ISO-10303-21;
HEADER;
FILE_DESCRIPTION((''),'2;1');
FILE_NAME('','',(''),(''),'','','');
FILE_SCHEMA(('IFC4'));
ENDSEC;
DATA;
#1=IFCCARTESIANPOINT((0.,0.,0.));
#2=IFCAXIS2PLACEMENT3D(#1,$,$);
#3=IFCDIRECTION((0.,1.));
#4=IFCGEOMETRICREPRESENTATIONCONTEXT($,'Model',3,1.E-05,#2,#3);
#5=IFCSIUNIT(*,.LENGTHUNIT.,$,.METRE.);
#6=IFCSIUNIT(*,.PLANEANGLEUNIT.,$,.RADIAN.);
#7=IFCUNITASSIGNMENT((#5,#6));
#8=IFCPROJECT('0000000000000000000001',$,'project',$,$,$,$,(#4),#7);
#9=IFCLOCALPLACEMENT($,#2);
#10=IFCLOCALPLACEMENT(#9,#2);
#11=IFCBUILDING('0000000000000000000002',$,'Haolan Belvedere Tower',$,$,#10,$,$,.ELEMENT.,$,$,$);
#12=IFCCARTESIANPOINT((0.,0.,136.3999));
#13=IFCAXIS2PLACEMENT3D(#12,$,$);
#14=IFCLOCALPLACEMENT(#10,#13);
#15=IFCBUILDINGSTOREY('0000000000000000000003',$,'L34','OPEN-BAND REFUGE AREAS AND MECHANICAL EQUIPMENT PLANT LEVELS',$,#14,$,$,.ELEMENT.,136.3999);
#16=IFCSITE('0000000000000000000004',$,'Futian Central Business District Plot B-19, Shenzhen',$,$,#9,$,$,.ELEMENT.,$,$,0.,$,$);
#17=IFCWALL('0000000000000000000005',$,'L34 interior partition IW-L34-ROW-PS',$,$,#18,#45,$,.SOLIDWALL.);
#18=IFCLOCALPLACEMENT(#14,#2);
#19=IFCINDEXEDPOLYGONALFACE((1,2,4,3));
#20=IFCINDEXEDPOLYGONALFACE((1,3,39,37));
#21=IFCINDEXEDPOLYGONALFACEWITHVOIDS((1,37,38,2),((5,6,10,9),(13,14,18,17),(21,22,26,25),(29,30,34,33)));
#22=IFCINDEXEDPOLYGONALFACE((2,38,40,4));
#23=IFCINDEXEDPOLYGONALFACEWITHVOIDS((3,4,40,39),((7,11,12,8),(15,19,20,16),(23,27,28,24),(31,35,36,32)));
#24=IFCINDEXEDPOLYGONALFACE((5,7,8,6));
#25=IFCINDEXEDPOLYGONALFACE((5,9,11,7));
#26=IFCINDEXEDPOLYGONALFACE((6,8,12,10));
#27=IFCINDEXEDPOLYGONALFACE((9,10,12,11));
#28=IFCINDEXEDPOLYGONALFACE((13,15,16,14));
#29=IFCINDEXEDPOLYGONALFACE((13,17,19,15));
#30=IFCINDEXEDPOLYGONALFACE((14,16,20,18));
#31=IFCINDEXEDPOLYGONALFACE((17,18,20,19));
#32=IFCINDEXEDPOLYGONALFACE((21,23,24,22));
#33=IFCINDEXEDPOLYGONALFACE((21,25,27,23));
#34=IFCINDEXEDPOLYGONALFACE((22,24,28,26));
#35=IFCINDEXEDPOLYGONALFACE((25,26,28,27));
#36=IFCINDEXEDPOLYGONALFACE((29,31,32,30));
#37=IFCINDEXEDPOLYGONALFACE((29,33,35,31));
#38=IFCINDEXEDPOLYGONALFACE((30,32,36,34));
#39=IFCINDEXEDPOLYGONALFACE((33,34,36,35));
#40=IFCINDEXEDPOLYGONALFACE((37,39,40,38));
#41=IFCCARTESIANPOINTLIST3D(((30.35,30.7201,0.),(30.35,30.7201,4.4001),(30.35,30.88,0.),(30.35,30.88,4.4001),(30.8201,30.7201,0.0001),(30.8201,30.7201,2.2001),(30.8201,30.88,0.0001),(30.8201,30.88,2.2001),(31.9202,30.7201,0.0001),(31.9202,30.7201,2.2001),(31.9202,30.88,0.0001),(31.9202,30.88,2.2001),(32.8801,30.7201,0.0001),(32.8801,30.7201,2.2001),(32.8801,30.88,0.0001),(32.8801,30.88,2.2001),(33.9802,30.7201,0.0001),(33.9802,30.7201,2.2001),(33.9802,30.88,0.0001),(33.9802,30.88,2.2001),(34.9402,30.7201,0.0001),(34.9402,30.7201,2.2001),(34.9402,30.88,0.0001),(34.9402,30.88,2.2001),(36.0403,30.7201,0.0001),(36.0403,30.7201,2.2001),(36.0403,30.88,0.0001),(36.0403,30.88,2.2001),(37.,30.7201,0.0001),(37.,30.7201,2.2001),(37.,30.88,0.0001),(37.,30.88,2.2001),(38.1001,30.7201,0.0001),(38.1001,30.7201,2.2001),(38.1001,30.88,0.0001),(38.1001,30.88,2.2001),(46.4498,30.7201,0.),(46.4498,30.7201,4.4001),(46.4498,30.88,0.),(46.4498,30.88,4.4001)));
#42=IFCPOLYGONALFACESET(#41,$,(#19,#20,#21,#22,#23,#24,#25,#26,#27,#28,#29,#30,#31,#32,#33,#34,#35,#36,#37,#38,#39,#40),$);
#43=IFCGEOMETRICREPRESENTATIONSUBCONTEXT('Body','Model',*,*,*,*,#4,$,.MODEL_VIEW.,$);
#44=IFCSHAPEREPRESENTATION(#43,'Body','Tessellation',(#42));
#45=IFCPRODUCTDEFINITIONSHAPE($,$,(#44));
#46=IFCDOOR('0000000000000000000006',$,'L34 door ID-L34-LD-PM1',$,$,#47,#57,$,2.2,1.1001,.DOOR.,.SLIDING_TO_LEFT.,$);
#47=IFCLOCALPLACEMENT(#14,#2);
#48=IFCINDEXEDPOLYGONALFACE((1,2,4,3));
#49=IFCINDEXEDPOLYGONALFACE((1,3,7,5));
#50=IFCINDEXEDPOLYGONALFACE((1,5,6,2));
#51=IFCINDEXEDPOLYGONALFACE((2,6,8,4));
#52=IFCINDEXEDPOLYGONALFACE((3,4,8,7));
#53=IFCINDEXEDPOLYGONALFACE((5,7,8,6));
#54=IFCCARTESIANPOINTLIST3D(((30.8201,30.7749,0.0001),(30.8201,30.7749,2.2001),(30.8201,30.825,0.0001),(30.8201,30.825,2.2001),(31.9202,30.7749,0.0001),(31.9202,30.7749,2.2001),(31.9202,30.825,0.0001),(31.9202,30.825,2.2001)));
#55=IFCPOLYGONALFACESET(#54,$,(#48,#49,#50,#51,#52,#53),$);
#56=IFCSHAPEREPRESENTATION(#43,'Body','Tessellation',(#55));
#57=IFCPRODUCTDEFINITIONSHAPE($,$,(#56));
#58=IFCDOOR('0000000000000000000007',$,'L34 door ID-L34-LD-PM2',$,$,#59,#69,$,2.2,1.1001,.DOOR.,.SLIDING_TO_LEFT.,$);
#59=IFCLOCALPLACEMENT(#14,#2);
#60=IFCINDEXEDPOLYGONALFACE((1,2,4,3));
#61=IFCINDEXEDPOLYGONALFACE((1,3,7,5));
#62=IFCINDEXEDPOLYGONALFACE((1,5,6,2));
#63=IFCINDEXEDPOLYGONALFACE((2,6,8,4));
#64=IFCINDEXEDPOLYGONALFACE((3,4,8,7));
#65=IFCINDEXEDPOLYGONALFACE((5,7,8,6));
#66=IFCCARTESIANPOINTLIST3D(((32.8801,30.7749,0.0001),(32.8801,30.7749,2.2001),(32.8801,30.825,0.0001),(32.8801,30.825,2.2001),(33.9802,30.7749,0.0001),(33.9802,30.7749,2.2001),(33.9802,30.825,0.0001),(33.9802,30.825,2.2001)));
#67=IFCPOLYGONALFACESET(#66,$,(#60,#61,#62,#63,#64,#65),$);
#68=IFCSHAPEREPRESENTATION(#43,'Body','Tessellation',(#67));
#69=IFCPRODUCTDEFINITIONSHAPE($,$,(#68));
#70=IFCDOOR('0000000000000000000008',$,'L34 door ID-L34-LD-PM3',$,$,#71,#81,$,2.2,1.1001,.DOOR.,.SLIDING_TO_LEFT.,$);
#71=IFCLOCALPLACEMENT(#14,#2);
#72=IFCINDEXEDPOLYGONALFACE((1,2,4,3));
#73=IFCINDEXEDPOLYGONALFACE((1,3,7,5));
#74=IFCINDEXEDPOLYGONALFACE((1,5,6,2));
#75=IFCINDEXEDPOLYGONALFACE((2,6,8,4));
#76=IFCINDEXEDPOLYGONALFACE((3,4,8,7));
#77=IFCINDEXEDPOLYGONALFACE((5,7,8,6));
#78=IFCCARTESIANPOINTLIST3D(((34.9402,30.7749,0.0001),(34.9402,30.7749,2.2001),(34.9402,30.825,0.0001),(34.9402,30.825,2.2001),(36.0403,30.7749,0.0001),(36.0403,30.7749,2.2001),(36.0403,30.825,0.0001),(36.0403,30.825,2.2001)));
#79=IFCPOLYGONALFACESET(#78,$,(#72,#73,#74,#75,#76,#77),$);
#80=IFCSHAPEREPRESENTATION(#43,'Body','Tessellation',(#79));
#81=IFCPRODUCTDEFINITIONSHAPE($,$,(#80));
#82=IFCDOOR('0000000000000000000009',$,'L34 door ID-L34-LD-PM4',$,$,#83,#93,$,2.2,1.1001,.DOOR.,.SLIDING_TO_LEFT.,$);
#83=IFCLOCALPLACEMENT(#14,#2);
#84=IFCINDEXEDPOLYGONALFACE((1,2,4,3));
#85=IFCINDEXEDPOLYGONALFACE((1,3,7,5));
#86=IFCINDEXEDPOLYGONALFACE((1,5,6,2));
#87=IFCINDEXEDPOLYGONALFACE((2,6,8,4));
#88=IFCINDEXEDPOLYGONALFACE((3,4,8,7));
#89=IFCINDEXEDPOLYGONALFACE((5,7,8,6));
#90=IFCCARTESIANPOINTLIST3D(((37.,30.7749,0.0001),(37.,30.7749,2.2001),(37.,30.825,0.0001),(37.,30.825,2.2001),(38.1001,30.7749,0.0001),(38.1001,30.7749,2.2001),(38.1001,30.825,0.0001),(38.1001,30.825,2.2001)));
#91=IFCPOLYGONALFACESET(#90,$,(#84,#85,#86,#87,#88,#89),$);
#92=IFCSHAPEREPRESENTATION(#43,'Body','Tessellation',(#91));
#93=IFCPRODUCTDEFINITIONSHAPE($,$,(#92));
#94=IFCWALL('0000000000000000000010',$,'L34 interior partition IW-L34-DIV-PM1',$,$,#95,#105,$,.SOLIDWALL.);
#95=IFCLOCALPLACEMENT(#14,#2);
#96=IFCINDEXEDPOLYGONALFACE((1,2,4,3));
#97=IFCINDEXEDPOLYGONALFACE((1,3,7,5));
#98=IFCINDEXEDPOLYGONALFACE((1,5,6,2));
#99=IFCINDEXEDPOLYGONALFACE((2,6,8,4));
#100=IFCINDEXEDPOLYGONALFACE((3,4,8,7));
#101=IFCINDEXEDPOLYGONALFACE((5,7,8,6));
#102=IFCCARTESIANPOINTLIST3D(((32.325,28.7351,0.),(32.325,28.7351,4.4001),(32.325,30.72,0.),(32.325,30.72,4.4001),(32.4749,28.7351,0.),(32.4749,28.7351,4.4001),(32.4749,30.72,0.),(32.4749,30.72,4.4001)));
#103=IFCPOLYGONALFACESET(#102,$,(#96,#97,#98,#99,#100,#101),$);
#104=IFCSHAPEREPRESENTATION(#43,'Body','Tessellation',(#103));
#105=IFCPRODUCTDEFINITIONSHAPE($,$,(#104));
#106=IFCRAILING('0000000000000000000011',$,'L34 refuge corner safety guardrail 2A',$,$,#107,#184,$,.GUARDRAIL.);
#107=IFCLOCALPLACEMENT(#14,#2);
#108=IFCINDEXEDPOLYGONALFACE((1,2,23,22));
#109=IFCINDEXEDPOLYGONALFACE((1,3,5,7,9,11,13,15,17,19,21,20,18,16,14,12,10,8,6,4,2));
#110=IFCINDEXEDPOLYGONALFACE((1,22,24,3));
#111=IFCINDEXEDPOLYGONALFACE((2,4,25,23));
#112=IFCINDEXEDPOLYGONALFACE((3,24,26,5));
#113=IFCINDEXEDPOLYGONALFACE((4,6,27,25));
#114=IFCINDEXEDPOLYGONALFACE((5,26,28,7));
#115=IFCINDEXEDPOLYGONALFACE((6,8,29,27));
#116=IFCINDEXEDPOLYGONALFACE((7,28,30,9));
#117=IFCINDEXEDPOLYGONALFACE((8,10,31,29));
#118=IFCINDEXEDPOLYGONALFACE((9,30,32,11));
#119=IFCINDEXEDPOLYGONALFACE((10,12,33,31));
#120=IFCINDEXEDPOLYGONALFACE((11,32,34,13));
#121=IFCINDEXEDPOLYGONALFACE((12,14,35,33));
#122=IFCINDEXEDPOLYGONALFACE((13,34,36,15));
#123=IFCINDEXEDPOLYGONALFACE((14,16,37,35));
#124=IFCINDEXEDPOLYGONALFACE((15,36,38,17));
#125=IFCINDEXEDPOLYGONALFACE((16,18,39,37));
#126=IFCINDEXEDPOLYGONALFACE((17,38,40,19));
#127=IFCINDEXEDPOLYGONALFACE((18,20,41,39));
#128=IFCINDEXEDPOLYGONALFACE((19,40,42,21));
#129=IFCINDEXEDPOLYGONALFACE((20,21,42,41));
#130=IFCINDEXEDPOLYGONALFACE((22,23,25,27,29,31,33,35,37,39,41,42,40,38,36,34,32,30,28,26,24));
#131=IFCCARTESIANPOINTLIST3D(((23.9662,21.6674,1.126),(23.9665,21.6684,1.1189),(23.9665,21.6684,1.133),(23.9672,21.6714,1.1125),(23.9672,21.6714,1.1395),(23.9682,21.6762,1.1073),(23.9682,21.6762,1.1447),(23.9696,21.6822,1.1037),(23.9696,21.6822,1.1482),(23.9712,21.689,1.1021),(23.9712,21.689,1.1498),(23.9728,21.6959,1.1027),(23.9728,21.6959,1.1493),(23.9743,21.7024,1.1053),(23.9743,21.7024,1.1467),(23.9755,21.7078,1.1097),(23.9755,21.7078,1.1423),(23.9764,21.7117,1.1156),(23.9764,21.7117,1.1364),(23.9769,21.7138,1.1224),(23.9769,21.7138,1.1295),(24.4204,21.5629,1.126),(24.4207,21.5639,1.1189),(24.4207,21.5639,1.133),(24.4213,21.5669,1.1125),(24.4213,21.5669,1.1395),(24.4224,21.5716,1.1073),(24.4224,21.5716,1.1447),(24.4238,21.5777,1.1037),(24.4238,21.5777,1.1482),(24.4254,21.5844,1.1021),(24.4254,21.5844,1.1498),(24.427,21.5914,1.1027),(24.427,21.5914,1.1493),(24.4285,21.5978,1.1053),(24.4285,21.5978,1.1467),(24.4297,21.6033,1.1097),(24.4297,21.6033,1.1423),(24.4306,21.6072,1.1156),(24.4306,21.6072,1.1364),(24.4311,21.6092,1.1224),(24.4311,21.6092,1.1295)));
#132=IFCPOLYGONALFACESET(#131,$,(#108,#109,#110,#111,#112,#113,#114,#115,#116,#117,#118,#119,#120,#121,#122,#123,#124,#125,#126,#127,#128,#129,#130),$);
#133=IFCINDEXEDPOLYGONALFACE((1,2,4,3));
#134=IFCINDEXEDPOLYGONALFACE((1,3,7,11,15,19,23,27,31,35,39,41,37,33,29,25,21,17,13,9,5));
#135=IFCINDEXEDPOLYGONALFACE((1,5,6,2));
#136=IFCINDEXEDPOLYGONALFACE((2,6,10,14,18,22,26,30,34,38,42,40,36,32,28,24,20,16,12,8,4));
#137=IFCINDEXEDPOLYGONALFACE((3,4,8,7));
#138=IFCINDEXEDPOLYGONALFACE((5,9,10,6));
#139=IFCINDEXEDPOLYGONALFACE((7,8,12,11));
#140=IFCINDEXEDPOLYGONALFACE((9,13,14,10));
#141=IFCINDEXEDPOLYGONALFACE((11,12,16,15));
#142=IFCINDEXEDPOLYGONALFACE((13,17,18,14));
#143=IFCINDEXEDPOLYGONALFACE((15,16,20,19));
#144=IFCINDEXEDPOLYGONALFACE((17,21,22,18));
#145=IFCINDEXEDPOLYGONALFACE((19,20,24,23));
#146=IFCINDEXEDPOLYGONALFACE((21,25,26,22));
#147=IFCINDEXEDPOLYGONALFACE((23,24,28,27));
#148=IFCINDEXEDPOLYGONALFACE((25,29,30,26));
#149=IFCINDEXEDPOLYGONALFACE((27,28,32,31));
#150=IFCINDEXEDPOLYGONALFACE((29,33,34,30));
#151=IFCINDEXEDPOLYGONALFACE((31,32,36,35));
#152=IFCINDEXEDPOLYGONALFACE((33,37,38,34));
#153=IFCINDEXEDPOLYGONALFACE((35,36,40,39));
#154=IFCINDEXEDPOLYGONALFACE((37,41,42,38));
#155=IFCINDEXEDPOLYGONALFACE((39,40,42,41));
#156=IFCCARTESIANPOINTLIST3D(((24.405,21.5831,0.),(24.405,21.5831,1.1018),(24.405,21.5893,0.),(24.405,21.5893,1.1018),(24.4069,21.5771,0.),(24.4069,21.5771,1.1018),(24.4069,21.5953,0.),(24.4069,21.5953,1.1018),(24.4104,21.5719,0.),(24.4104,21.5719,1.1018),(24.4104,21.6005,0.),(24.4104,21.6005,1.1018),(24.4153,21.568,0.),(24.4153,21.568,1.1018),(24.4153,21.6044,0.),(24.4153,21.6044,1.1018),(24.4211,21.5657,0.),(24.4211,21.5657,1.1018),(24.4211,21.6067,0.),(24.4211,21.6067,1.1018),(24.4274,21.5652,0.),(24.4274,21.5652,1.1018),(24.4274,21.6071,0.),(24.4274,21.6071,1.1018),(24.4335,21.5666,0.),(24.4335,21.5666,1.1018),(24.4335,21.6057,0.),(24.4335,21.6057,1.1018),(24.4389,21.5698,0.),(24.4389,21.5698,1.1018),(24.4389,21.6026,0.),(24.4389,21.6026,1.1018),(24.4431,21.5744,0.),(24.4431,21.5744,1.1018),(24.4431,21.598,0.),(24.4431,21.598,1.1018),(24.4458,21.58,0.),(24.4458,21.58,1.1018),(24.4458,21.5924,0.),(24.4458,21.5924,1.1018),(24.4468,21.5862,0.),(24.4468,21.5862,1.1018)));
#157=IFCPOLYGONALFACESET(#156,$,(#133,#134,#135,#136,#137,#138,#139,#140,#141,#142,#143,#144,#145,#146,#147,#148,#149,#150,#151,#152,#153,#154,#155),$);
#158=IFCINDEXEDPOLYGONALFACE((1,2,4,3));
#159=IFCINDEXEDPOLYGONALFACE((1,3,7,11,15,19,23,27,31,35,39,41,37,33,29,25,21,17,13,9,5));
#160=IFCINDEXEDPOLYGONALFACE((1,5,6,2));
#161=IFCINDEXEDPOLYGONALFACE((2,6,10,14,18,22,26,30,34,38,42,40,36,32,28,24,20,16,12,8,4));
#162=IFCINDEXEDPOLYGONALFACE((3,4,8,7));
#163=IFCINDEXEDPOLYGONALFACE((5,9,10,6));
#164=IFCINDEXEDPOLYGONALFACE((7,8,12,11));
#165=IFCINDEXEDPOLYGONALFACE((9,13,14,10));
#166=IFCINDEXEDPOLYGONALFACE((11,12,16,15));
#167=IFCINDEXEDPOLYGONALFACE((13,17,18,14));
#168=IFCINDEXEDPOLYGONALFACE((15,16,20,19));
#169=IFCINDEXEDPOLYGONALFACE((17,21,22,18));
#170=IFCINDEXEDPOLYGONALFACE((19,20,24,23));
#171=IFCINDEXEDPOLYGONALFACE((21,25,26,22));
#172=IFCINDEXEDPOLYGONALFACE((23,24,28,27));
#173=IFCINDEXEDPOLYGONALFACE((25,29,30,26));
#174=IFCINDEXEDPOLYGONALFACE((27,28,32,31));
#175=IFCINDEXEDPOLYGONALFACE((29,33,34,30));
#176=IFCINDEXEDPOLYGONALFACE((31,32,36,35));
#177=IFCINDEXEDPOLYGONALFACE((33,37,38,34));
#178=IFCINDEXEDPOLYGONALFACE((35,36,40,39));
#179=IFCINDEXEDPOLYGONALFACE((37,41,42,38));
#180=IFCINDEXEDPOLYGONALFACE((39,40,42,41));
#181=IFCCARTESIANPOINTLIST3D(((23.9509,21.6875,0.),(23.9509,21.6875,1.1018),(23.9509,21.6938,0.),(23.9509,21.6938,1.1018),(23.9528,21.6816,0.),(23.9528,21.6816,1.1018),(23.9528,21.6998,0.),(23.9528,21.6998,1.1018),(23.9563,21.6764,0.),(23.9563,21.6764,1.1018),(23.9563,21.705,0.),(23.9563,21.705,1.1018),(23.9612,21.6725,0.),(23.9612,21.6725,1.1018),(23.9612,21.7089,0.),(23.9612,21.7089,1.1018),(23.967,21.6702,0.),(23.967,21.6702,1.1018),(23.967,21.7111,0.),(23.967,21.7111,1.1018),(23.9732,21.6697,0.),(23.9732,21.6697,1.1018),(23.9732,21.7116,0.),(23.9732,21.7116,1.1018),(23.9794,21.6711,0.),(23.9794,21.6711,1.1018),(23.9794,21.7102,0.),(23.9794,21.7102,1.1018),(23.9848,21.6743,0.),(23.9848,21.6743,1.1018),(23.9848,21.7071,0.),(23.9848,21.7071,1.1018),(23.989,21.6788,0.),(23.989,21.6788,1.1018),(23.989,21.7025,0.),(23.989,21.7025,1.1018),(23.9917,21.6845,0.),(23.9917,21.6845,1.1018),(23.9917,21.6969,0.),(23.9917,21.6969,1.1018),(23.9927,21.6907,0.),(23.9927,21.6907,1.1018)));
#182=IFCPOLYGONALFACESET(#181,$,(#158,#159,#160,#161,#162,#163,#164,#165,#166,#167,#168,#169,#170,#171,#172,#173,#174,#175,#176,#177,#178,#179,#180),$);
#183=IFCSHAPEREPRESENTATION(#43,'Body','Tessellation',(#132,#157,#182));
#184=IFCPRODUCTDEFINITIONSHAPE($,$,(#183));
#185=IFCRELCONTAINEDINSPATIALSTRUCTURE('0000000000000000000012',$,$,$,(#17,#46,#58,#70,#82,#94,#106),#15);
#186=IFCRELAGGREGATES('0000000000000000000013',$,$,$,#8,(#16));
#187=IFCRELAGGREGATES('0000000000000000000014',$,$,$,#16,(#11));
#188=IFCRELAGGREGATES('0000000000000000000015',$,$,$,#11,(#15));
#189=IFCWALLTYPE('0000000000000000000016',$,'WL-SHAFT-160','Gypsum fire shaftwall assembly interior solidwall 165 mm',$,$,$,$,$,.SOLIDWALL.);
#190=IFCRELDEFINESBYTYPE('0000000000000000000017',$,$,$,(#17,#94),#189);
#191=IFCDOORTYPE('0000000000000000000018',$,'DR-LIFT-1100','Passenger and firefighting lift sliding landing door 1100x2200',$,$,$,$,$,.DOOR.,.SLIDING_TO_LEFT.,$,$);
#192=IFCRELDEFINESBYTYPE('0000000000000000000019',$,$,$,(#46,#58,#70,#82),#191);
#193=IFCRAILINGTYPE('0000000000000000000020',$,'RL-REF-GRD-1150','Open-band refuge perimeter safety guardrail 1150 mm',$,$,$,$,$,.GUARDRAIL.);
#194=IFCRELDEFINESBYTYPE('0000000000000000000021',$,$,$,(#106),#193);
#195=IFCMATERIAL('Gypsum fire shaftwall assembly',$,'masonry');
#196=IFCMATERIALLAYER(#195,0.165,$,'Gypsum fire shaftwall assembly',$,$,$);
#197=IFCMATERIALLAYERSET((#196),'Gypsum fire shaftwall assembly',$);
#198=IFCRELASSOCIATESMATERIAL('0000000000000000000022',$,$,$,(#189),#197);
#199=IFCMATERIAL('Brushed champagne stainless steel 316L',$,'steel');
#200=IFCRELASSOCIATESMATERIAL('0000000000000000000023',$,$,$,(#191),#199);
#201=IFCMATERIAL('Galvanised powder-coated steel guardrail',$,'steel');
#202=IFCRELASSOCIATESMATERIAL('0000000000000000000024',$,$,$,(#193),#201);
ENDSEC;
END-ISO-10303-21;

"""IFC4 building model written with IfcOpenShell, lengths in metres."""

from ifc_helpers import new_model, si_unit, direction, frame, frame_2d, origin, origin_2d, place, context, subcontext, project, spatial, rectangle, circle, extrude, material, layer, layer_set, type_object, element, fill, save


model = new_model("IFC4")

# Units and contexts
model_context = context("Model", 3, precision=1e-05, world=origin(), true_north=direction((0.0, 1.0)))
body_context = subcontext(model_context, "Body", "Model", "MODEL_VIEW")
ifc_project = project(units=[si_unit("LENGTHUNIT", "METRE"), si_unit("PLANEANGLEUNIT", "RADIAN")], contexts=[model_context])

# Site, building, storey
site_placement = place(None, origin())
site = spatial("IfcSite", under=ifc_project, at=site_placement, Name="Futian Central Business District Plot B-19, Shenzhen", CompositionType="ELEMENT", RefElevation=0.0)
building_placement = place(site_placement, origin())
building = spatial("IfcBuilding", under=site, at=building_placement, Name="Haolan Belvedere Tower", CompositionType="ELEMENT")
storey_placement = place(building_placement, frame((0.0, 0.0, 136.3999)))
storey = spatial("IfcBuildingStorey", under=building, at=storey_placement, Name="L34", Description="OPEN-BAND REFUGE AREAS AND MECHANICAL EQUIPMENT PLANT LEVELS", CompositionType="ELEMENT", Elevation=136.3999)

# Wall, openings, doors
ifc_material_1 = material(Name="Gypsum fire shaftwall assembly", Category="masonry")
ifc_layer_1 = layer(ifc_material_1, 0.165, Name="Gypsum fire shaftwall assembly")
ifc_layer_set_1 = layer_set([ifc_layer_1], Name="Gypsum fire shaftwall assembly")
wall_type_1 = type_object("IfcWallType", Name="WL-SHAFT-160", Description="Gypsum fire shaftwall assembly interior solidwall 165 mm", PredefinedType="SOLIDWALL", material=ifc_layer_set_1)
wall_1_placement = place(storey_placement, frame((30.3501, 30.8, 0.0), z_axis=(0.0, 0.0, 1.0), x_axis=(1.0, 0.0, 0.0)))
wall_1 = element("IfcWall", 1, at=wall_1_placement, inside=storey, type_object=wall_type_1, Name="L34 interior partition IW-L34-ROW-PS", PredefinedType="SOLIDWALL", context=body_context, shape_type="SweptSolid", body=[
    extrude(rectangle(XDim=16.0999, YDim=0.1599, at=frame_2d((8.0498, 0.0))), origin(), (0.0, 0.0, 1.0), 4.4001),
])
opening_1_placement = place(wall_1_placement, frame((0.47, 0.0, 0.0)))
opening_1 = element("IfcOpeningElement", 2, at=opening_1_placement, cuts=wall_1, PredefinedType="OPENING", context=body_context, shape_type="SweptSolid", body=[
    extrude(rectangle(XDim=1.1001, YDim=2.2, at=frame_2d((0.55, 1.1001))), frame((0.0, 0.0898, 0.0), z_axis=(0.0, -1.0, 0.0), x_axis=(1.0, 0.0, 0.0)), (0.0, 0.0, 1.0), 0.1799),
])
opening_2_placement = place(wall_1_placement, frame((2.53, 0.0, 0.0)))
opening_2 = element("IfcOpeningElement", 3, at=opening_2_placement, cuts=wall_1, PredefinedType="OPENING", context=body_context, shape_type="SweptSolid", body=[
    extrude(rectangle(XDim=1.1001, YDim=2.2, at=frame_2d((0.55, 1.1001))), frame((0.0, 0.0898, 0.0), z_axis=(0.0, -1.0, 0.0), x_axis=(1.0, 0.0, 0.0)), (0.0, 0.0, 1.0), 0.1799),
])
opening_3_placement = place(wall_1_placement, frame((4.5901, 0.0, 0.0)))
opening_3 = element("IfcOpeningElement", 4, at=opening_3_placement, cuts=wall_1, PredefinedType="OPENING", context=body_context, shape_type="SweptSolid", body=[
    extrude(rectangle(XDim=1.1001, YDim=2.2, at=frame_2d((0.55, 1.1001))), frame((0.0, 0.0898, 0.0), z_axis=(0.0, -1.0, 0.0), x_axis=(1.0, 0.0, 0.0)), (0.0, 0.0, 1.0), 0.1799),
])
opening_4_placement = place(wall_1_placement, frame((6.6499, 0.0, 0.0)))
opening_4 = element("IfcOpeningElement", 5, at=opening_4_placement, cuts=wall_1, PredefinedType="OPENING", context=body_context, shape_type="SweptSolid", body=[
    extrude(rectangle(XDim=1.1001, YDim=2.2, at=frame_2d((0.55, 1.1001))), frame((0.0, 0.0898, 0.0), z_axis=(0.0, -1.0, 0.0), x_axis=(1.0, 0.0, 0.0)), (0.0, 0.0, 1.0), 0.1799),
])
ifc_material_2 = material(Name="Brushed champagne stainless steel 316L", Category="steel")
door_type_1 = type_object("IfcDoorType", Name="DR-LIFT-1100", Description="Passenger and firefighting lift sliding landing door 1100x2200", OperationType="SLIDING_TO_LEFT", PredefinedType="DOOR", material=ifc_material_2)
door_1_placement = place(opening_1_placement, origin())
door_1 = element("IfcDoor", 6, at=door_1_placement, inside=storey, type_object=door_type_1, Name="L34 door ID-L34-LD-PM1", OperationType="SLIDING_TO_LEFT", OverallHeight=2.2, OverallWidth=1.1001, PredefinedType="DOOR", context=body_context, shape_type="SweptSolid", body=[
    extrude(rectangle(XDim=1.1001, YDim=2.2, at=frame_2d((0.55, 1.1001))), frame((0.0, 0.0249, 0.0), z_axis=(0.0, -1.0, 0.0), x_axis=(1.0, 0.0, 0.0)), (0.0, 0.0, 1.0), 0.05),
])
fill(opening_1, door_1)
door_2_placement = place(opening_2_placement, origin())
door_2 = element("IfcDoor", 7, at=door_2_placement, inside=storey, type_object=door_type_1, Name="L34 door ID-L34-LD-PM2", OperationType="SLIDING_TO_LEFT", OverallHeight=2.2, OverallWidth=1.1001, PredefinedType="DOOR", context=body_context, shape_type="SweptSolid", body=[
    extrude(rectangle(XDim=1.1001, YDim=2.2, at=frame_2d((0.55, 1.1001))), frame((0.0, 0.0249, 0.0), z_axis=(0.0, -1.0, 0.0), x_axis=(1.0, 0.0, 0.0)), (0.0, 0.0, 1.0), 0.05),
])
fill(opening_2, door_2)
door_3_placement = place(opening_3_placement, origin())
door_3 = element("IfcDoor", 8, at=door_3_placement, inside=storey, type_object=door_type_1, Name="L34 door ID-L34-LD-PM3", OperationType="SLIDING_TO_LEFT", OverallHeight=2.2, OverallWidth=1.1001, PredefinedType="DOOR", context=body_context, shape_type="SweptSolid", body=[
    extrude(rectangle(XDim=1.1001, YDim=2.2, at=frame_2d((0.55, 1.1001))), frame((0.0, 0.0249, 0.0), z_axis=(0.0, -1.0, 0.0), x_axis=(1.0, 0.0, 0.0)), (0.0, 0.0, 1.0), 0.05),
])
fill(opening_3, door_3)
door_4_placement = place(opening_4_placement, origin())
door_4 = element("IfcDoor", 9, at=door_4_placement, inside=storey, type_object=door_type_1, Name="L34 door ID-L34-LD-PM4", OperationType="SLIDING_TO_LEFT", OverallHeight=2.2, OverallWidth=1.1001, PredefinedType="DOOR", context=body_context, shape_type="SweptSolid", body=[
    extrude(rectangle(XDim=1.1001, YDim=2.2, at=frame_2d((0.55, 1.1001))), frame((0.0, 0.0249, 0.0), z_axis=(0.0, -1.0, 0.0), x_axis=(1.0, 0.0, 0.0)), (0.0, 0.0, 1.0), 0.05),
])
fill(opening_4, door_4)

# Wall
wall_2_placement = place(storey_placement, frame((32.3999, 28.7351, 0.0), z_axis=(0.0, 0.0, 1.0), x_axis=(0.0, 1.0, 0.0)))
element("IfcWall", 10, at=wall_2_placement, inside=storey, type_object=wall_type_1, Name="L34 interior partition IW-L34-DIV-PM1", PredefinedType="SOLIDWALL", context=body_context, shape_type="SweptSolid", body=[
    extrude(rectangle(XDim=1.9849, YDim=0.1499, at=frame_2d((0.9924, 0.0))), origin(), (0.0, 0.0, 1.0), 4.4001),
])

# Railing
ifc_material_3 = material(Name="Galvanised powder-coated steel guardrail", Category="steel")
railing_type = type_object("IfcRailingType", Name="RL-REF-GRD-1150", Description="Open-band refuge perimeter safety guardrail 1150 mm", PredefinedType="GUARDRAIL", material=ifc_material_3)
railing_placement = place(storey_placement, frame((24.4258, 21.5862, 0.0)))
element("IfcRailing", 11, at=railing_placement, inside=storey, type_object=railing_type, Name="L34 refuge corner safety guardrail 2A", PredefinedType="GUARDRAIL", context=body_context, shape_type="SweptSolid", body=[
    extrude(circle(Radius=0.0239, at=origin_2d()), frame((0.0, 0.0, 1.126), z_axis=(-0.974532, 0.224247, 0.0), x_axis=(-0.224247, -0.974532, 0.0)), (0.0, 0.0, 1.0), 0.4661),
    extrude(circle(Radius=0.021, at=origin_2d()), origin(), (0.0, 0.0, 1.0), 1.1018),
    extrude(circle(Radius=0.021, at=origin_2d()), frame((-0.4541, 0.1045, 0.0)), (0.0, 0.0, 1.0), 1.1018),
])

save(model, "model.ifc")
